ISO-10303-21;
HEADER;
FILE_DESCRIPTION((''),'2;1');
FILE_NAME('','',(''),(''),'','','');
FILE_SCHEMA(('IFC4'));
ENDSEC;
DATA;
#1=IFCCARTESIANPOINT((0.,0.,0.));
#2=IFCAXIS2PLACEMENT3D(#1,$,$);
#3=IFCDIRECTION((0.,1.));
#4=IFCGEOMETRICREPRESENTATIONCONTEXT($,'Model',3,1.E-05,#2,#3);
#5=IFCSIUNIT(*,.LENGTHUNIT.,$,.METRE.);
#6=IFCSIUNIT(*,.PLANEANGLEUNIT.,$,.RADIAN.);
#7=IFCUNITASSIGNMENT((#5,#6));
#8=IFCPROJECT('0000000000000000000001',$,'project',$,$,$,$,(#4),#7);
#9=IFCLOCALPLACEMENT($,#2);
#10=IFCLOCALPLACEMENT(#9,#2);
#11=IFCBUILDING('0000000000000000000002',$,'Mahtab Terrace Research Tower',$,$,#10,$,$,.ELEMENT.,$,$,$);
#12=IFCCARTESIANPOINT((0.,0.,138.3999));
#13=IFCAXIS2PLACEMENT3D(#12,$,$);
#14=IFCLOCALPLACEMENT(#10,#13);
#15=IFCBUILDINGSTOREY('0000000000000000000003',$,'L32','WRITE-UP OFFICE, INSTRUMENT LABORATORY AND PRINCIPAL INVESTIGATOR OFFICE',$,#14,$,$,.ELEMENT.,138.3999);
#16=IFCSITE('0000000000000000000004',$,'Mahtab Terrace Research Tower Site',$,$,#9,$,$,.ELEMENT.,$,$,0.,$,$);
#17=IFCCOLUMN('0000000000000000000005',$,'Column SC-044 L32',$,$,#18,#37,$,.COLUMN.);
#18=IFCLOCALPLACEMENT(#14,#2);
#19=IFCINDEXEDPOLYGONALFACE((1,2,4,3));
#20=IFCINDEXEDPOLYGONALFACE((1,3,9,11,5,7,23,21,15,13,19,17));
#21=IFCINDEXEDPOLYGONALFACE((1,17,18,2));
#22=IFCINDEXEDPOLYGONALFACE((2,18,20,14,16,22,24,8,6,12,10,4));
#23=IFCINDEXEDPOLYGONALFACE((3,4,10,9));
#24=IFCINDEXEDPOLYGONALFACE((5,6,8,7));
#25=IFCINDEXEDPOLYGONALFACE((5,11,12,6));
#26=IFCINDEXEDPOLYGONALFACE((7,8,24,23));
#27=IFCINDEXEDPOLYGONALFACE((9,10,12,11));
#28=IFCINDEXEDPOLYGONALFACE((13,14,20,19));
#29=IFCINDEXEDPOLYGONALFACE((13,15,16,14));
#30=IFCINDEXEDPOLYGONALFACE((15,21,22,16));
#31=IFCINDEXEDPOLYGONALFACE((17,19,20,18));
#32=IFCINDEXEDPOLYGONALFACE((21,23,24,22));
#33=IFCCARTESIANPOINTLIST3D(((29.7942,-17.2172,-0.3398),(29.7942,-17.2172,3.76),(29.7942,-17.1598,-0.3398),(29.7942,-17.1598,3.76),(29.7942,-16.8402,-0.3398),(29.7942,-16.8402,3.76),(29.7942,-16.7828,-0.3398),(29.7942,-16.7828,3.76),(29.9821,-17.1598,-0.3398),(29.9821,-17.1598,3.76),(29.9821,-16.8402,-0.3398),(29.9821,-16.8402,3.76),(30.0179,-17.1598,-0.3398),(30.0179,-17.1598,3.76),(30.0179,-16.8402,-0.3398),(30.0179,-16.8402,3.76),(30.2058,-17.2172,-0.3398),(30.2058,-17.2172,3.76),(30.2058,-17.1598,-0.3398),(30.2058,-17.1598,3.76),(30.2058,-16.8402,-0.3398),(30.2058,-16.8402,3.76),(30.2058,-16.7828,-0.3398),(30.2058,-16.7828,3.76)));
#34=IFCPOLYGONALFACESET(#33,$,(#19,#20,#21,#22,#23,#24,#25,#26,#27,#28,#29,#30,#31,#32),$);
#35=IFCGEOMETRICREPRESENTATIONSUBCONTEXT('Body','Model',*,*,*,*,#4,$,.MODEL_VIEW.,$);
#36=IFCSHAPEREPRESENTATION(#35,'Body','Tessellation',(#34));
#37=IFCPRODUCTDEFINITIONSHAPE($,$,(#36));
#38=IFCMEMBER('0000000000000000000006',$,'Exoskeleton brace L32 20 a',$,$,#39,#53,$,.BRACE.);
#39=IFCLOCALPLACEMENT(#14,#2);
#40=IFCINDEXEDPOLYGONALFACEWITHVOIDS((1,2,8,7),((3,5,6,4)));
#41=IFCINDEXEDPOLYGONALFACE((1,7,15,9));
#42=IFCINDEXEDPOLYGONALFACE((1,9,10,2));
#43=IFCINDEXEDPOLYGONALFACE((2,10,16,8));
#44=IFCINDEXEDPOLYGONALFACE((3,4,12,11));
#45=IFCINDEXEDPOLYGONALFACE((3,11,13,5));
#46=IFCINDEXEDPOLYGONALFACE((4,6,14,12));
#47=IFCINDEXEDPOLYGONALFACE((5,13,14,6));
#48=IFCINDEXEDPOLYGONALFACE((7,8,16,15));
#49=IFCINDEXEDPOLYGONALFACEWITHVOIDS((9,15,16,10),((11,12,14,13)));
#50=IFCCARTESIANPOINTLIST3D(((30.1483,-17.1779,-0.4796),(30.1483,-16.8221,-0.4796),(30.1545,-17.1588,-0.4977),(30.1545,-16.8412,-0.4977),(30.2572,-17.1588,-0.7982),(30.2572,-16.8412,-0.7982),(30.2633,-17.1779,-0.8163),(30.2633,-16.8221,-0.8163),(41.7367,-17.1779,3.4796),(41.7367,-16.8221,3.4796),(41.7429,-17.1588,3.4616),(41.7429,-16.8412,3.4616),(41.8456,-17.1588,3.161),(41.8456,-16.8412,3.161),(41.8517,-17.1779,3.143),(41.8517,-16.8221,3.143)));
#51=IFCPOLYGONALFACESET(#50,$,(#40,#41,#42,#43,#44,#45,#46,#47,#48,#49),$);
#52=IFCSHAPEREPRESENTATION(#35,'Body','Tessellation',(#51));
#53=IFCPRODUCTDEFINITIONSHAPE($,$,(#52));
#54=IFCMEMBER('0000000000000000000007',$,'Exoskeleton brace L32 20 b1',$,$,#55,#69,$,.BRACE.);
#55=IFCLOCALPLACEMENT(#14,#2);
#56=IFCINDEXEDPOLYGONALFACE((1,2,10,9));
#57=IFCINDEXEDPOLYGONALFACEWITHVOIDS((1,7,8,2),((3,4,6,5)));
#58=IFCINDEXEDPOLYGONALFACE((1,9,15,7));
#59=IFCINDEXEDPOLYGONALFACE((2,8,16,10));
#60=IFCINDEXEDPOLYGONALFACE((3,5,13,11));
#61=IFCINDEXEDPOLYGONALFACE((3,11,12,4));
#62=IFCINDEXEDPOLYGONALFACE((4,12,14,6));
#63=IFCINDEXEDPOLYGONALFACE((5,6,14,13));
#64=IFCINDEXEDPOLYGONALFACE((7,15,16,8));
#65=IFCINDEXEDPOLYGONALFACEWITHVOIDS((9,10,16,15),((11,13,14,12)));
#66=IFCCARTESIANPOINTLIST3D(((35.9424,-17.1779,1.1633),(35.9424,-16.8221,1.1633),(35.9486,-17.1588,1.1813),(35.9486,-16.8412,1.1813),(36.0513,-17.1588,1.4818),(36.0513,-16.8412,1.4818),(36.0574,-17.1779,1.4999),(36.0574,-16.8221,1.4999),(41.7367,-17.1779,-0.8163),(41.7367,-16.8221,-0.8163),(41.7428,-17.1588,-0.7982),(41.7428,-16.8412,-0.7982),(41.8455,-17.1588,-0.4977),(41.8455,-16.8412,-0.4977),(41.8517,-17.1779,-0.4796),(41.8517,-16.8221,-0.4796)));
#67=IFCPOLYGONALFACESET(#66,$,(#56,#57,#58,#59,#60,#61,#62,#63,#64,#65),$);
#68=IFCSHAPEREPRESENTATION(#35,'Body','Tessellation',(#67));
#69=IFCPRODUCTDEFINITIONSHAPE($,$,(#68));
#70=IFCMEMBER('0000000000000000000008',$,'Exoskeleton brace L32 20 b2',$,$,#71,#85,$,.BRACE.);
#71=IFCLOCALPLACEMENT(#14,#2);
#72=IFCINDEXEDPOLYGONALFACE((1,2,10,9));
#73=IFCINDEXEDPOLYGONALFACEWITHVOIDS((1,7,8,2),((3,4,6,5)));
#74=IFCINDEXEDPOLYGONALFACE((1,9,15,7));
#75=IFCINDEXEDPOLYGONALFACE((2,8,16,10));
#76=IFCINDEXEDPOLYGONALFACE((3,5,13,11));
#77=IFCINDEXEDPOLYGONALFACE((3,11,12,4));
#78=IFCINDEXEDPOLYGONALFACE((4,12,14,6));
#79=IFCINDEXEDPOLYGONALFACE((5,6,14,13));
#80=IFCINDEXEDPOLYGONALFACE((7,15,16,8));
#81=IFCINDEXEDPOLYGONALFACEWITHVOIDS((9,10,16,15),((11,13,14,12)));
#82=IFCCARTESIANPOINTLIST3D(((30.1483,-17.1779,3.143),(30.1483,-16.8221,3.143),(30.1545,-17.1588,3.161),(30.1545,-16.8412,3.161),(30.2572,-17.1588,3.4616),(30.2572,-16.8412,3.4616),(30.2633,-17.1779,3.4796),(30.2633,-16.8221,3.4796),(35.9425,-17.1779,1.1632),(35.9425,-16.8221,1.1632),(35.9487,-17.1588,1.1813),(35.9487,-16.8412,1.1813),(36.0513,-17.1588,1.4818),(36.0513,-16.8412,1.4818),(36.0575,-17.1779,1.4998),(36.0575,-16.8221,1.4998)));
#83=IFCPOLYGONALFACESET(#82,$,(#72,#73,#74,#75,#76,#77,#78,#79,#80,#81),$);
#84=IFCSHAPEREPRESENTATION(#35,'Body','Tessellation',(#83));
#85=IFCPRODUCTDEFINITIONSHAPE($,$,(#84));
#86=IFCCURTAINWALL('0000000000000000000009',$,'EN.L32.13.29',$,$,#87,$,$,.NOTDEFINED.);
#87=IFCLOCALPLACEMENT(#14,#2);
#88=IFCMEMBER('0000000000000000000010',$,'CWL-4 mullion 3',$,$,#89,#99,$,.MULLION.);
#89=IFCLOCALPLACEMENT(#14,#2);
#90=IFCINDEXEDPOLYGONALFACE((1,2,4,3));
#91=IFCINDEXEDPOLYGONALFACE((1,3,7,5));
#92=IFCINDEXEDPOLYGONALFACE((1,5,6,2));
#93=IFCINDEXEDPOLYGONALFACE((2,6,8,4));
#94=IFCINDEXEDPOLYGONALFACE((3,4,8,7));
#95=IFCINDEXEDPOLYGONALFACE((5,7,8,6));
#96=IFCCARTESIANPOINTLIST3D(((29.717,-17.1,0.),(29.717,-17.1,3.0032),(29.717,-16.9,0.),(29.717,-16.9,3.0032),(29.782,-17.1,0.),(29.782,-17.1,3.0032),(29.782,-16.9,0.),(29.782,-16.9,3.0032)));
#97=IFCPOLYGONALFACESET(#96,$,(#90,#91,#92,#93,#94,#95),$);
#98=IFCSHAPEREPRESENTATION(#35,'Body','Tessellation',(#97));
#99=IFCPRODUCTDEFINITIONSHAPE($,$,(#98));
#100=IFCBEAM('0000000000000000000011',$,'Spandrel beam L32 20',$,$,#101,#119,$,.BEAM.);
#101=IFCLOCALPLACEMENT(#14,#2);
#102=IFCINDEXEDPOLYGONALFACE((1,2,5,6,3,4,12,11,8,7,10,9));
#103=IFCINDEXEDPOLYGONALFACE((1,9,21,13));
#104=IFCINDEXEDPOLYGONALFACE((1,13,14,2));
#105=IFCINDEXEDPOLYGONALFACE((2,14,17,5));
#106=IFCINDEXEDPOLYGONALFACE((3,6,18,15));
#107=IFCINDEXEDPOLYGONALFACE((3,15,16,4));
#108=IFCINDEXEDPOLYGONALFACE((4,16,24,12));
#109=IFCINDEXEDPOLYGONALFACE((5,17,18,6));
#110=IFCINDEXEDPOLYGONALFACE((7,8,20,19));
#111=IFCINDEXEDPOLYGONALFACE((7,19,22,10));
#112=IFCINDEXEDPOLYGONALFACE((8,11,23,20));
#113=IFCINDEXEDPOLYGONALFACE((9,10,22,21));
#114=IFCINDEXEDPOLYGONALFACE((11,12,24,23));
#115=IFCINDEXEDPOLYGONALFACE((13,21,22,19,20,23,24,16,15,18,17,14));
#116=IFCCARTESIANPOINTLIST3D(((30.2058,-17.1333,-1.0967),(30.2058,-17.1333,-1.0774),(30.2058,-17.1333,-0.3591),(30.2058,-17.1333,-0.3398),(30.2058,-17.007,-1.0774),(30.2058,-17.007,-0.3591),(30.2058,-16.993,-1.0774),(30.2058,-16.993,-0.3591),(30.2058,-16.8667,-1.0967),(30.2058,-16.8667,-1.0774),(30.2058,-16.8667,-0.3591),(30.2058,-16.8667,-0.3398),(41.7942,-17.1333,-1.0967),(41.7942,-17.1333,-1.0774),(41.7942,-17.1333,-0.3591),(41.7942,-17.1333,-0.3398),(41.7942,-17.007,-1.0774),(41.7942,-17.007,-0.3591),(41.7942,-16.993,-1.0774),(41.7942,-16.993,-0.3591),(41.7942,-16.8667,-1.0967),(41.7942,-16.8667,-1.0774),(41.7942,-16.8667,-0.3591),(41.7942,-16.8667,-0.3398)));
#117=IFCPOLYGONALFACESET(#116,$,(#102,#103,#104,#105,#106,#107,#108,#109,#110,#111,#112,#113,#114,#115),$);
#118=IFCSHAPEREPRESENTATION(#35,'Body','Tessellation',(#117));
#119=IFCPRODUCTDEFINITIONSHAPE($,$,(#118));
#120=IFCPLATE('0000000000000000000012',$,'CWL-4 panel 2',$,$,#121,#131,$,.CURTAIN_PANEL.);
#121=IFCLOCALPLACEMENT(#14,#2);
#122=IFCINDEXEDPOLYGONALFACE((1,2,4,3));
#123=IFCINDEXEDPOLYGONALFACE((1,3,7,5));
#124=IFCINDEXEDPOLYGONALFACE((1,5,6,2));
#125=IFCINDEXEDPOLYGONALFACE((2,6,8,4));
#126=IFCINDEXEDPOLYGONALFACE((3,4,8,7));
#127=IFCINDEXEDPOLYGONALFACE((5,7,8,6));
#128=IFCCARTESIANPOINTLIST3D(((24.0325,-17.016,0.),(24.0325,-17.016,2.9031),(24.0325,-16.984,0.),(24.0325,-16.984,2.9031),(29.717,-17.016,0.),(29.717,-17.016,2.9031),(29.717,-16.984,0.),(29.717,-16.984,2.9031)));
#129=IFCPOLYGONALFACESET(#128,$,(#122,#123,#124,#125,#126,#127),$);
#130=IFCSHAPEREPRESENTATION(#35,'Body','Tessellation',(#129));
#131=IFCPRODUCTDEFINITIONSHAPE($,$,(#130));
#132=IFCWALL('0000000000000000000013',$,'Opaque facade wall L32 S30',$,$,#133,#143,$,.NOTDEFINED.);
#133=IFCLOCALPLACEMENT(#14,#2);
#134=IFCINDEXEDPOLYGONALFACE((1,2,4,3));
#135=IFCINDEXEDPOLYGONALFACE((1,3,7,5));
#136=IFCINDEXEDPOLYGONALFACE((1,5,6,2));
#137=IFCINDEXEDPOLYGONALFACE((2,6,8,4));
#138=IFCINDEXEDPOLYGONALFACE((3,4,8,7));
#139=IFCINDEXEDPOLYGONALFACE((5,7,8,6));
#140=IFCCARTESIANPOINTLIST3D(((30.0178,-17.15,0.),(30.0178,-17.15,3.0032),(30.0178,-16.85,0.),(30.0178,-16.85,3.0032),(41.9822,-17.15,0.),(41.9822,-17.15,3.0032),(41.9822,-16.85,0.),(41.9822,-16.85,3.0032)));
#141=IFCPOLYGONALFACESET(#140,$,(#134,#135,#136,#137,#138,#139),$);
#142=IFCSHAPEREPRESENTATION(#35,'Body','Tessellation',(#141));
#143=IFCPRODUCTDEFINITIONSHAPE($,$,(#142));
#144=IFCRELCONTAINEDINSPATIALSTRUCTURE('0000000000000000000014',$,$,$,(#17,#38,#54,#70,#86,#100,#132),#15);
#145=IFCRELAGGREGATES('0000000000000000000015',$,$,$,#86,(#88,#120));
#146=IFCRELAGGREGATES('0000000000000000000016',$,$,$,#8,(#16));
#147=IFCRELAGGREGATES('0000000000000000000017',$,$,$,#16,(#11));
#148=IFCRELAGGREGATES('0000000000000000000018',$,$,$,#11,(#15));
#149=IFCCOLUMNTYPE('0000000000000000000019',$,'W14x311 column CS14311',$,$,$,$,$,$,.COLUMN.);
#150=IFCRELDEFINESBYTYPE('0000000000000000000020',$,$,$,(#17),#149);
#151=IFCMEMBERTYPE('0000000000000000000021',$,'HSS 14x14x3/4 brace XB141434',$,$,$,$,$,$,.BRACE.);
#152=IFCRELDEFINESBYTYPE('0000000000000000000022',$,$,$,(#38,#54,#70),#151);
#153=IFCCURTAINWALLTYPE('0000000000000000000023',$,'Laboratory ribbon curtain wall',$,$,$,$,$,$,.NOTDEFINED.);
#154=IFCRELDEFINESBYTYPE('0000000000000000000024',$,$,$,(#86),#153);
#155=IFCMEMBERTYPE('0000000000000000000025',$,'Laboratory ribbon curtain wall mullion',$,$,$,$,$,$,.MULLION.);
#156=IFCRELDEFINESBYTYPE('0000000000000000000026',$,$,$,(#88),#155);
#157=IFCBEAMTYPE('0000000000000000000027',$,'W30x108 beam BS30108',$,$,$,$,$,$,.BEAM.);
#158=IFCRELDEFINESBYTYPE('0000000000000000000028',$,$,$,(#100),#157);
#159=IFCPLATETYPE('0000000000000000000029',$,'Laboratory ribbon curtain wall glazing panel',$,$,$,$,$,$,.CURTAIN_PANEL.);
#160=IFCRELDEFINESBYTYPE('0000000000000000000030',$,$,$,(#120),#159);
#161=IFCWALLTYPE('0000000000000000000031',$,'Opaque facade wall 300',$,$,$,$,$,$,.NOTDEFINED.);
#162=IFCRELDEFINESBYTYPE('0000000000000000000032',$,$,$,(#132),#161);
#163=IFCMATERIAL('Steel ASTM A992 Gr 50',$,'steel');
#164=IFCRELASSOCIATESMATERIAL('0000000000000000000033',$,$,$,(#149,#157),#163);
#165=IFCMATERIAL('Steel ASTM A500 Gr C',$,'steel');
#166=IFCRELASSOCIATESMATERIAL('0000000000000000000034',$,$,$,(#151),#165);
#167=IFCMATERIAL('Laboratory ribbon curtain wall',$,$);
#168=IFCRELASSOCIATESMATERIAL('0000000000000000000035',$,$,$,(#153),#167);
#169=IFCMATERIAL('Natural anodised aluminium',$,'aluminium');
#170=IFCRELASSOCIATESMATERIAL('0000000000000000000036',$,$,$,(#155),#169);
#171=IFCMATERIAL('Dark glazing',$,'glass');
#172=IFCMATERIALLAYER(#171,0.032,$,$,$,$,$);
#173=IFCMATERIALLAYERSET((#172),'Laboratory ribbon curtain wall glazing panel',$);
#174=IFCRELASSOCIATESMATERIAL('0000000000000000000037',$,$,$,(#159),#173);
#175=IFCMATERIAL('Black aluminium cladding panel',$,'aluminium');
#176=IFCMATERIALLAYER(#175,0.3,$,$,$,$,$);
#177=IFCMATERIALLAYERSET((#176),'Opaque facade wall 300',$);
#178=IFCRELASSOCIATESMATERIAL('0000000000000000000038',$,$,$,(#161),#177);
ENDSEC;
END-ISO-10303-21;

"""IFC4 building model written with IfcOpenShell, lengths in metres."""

from ifc_helpers import new_model, si_unit, direction, frame, frame_2d, origin, origin_2d, place, context, subcontext, project, spatial, rectangle, hollow_rectangle, i_section, extrude, material, layer, layer_set, material_profile, profile_set, type_object, element, aggregate, save


model = new_model("IFC4")

# Units and contexts
model_context = context("Model", 3, precision=1e-05, world=origin(), true_north=direction((0.0, 1.0)))
body_context = subcontext(model_context, "Body", "Model", "MODEL_VIEW")
ifc_project = project(units=[si_unit("LENGTHUNIT", "METRE"), si_unit("PLANEANGLEUNIT", "RADIAN")], contexts=[model_context])

# Site, building, storey
site_placement = place(None, origin())
site = spatial("IfcSite", under=ifc_project, at=site_placement, Name="Mahtab Terrace Research Tower Site", CompositionType="ELEMENT", RefElevation=0.0)
building_placement = place(site_placement, origin())
building = spatial("IfcBuilding", under=site, at=building_placement, Name="Mahtab Terrace Research Tower", CompositionType="ELEMENT")
storey_placement = place(building_placement, frame((0.0, 0.0, 138.3999)))
storey = spatial("IfcBuildingStorey", under=building, at=storey_placement, Name="L32", Description="WRITE-UP OFFICE, INSTRUMENT LABORATORY AND PRINCIPAL INVESTIGATOR OFFICE", CompositionType="ELEMENT", Elevation=138.3999)

# Column
ifc_material_1 = material(Name="Steel ASTM A992 Gr 50", Category="steel")
ifc_material_profile_1 = material_profile(ifc_material_1, i_section(OverallWidth=0.4116, OverallDepth=0.4343, WebThickness=0.0359, FlangeThickness=0.0574, at=origin_2d()), Name="W14X311")
ifc_profile_set_1 = profile_set([ifc_material_profile_1], Name="Steel ASTM A992 Gr 50")
column_type = type_object("IfcColumnType", Name="W14x311 column CS14311", PredefinedType="COLUMN", material=ifc_profile_set_1)
column_placement = place(storey_placement, frame((30.0, -17.0, -0.3398), z_axis=(0.0, 0.0, 1.0), x_axis=(1.0, 0.0, 0.0)))
element("IfcColumn", 1, at=column_placement, inside=storey, type_object=column_type, Name="Column SC-044 L32", PredefinedType="COLUMN", context=body_context, shape_type="SweptSolid", body=[
    extrude(i_section(OverallWidth=0.4116, OverallDepth=0.4343, WebThickness=0.0359, FlangeThickness=0.0574, at=origin_2d()), origin(), (0.0, 0.0, 1.0), 4.0999),
])

# Members
ifc_material_2 = material(Name="Steel ASTM A500 Gr C", Category="steel")
ifc_material_profile_2 = material_profile(ifc_material_2, hollow_rectangle(XDim=0.3557, YDim=0.3557, WallThickness=0.019, at=origin_2d()), Name="HSS14X14X3/4")
ifc_profile_set_2 = profile_set([ifc_material_profile_2], Name="Steel ASTM A500 Gr C")
member_type_1 = type_object("IfcMemberType", Name="HSS 14x14x3/4 brace XB141434", PredefinedType="BRACE", material=ifc_profile_set_2)
member_1_placement = place(storey_placement, frame((30.2058, -17.0, -0.6479), z_axis=(0.946294, 0.0, 0.323306), x_axis=(0.0, 1.0, 0.0)))
element("IfcMember", 2, at=member_1_placement, inside=storey, type_object=member_type_1, Name="Exoskeleton brace L32 20 a", PredefinedType="BRACE", context=body_context, shape_type="SweptSolid", body=[
    extrude(hollow_rectangle(XDim=0.3557, YDim=0.3557, WallThickness=0.019, at=origin_2d()), origin(), (0.0, 0.0, 1.0), 12.2461),
])
for number, where, z_axis, x_axis, name in (
    (3, (41.7942, -17.0, -0.6479), (-0.9463, 0.0, 0.323288), (0.0, -1.0, 0.0), "Exoskeleton brace L32 20 b1"),
    (4, (36.0, -17.0, 1.3315), (-0.946288, 0.0, 0.323324), (0.0, -1.0, 0.0), "Exoskeleton brace L32 20 b2"),
):
    element("IfcMember", number, at=place(storey_placement, frame(where, z_axis=z_axis, x_axis=x_axis)), inside=storey, type_object=member_type_1, Name=name, PredefinedType="BRACE", context=body_context, shape_type="SweptSolid", body=[
        extrude(hollow_rectangle(XDim=0.3557, YDim=0.3557, WallThickness=0.019, at=origin_2d()), origin(), (0.0, 0.0, 1.0), 6.123),
    ])

# Curtain wall, member
ifc_material_3 = material(Name="Laboratory ribbon curtain wall")
curtain_wall_type = type_object("IfcCurtainWallType", Name="Laboratory ribbon curtain wall", PredefinedType="NOTDEFINED", material=ifc_material_3)
curtain_wall_placement = place(storey_placement, origin())
curtain_wall = element("IfcCurtainWall", 5, at=curtain_wall_placement, inside=storey, type_object=curtain_wall_type, Name="EN.L32.13.29", PredefinedType="NOTDEFINED")
ifc_material_4 = material(Name="Natural anodised aluminium", Category="aluminium")
ifc_material_profile_3 = material_profile(ifc_material_4, rectangle(XDim=0.2, YDim=0.0649, at=origin_2d()), Name="MULLION 65x200")
ifc_profile_set_3 = profile_set([ifc_material_profile_3], Name="Natural anodised aluminium")
member_type_2 = type_object("IfcMemberType", Name="Laboratory ribbon curtain wall mullion", PredefinedType="MULLION", material=ifc_profile_set_3)
member_2_placement = place(storey_placement, frame((29.7495, -17.0, 0.0), z_axis=(0.0, 0.0, 1.0), x_axis=(0.0, 1.0, 0.0)))
member_2 = element("IfcMember", 6, at=member_2_placement, type_object=member_type_2, Name="CWL-4 mullion 3", PredefinedType="MULLION", context=body_context, shape_type="SweptSolid", body=[
    extrude(rectangle(XDim=0.2, YDim=0.0649, at=origin_2d()), origin(), (0.0, 0.0, 1.0), 3.0032),
])

# Beam
ifc_material_profile_4 = material_profile(ifc_material_1, i_section(OverallWidth=0.2666, OverallDepth=0.7568, WebThickness=0.0139, FlangeThickness=0.0193, at=origin_2d()), Name="W30X108")
ifc_profile_set_4 = profile_set([ifc_material_profile_4], Name="Steel ASTM A992 Gr 50")
beam_type = type_object("IfcBeamType", Name="W30x108 beam BS30108", PredefinedType="BEAM", material=ifc_profile_set_4)
beam_placement = place(storey_placement, frame((30.2058, -17.0, -0.7183), z_axis=(1.0, 0.0, 0.0), x_axis=(0.0, 1.0, 0.0)))
element("IfcBeam", 7, at=beam_placement, inside=storey, type_object=beam_type, Name="Spandrel beam L32 20", PredefinedType="BEAM", context=body_context, shape_type="SweptSolid", body=[
    extrude(i_section(OverallWidth=0.2666, OverallDepth=0.7568, WebThickness=0.0139, FlangeThickness=0.0193, at=origin_2d()), origin(), (0.0, 0.0, 1.0), 11.5884),
])

# Plate
ifc_material_5 = material(Name="Dark glazing", Category="glass")
ifc_layer_1 = layer(ifc_material_5, 0.032)
ifc_layer_set_1 = layer_set([ifc_layer_1], Name="Laboratory ribbon curtain wall glazing panel")
plate_type = type_object("IfcPlateType", Name="Laboratory ribbon curtain wall glazing panel", PredefinedType="CURTAIN_PANEL", material=ifc_layer_set_1)
plate_placement = place(storey_placement, frame((26.8748, -17.0, 0.0), z_axis=(0.0, 0.0, 1.0), x_axis=(1.0, 0.0, 0.0)))
plate = element("IfcPlate", 8, at=plate_placement, type_object=plate_type, Name="CWL-4 panel 2", PredefinedType="CURTAIN_PANEL", context=body_context, shape_type="SweptSolid", body=[
    extrude(rectangle(XDim=5.6846, YDim=0.032, at=origin_2d()), origin(), (0.0, 0.0, 1.0), 2.9031),
])
aggregate(curtain_wall, [member_2, plate])

# Wall
ifc_material_6 = material(Name="Black aluminium cladding panel", Category="aluminium")
ifc_layer_2 = layer(ifc_material_6, 0.3)
ifc_layer_set_2 = layer_set([ifc_layer_2], Name="Opaque facade wall 300")
wall_type_1 = type_object("IfcWallType", Name="Opaque facade wall 300", PredefinedType="NOTDEFINED", material=ifc_layer_set_2)
wall_1_placement = place(storey_placement, frame((30.0178, -17.0, 0.0), z_axis=(0.0, 0.0, 1.0), x_axis=(1.0, 0.0, 0.0)))
element("IfcWall", 9, at=wall_1_placement, inside=storey, type_object=wall_type_1, Name="Opaque facade wall L32 S30", PredefinedType="NOTDEFINED", context=body_context, shape_type="SweptSolid", body=[
    extrude(rectangle(XDim=11.9644, YDim=0.3, at=frame_2d((5.9822, 0.0))), origin(), (0.0, 0.0, 1.0), 3.0032),
])

save(model, "model.ifc")
